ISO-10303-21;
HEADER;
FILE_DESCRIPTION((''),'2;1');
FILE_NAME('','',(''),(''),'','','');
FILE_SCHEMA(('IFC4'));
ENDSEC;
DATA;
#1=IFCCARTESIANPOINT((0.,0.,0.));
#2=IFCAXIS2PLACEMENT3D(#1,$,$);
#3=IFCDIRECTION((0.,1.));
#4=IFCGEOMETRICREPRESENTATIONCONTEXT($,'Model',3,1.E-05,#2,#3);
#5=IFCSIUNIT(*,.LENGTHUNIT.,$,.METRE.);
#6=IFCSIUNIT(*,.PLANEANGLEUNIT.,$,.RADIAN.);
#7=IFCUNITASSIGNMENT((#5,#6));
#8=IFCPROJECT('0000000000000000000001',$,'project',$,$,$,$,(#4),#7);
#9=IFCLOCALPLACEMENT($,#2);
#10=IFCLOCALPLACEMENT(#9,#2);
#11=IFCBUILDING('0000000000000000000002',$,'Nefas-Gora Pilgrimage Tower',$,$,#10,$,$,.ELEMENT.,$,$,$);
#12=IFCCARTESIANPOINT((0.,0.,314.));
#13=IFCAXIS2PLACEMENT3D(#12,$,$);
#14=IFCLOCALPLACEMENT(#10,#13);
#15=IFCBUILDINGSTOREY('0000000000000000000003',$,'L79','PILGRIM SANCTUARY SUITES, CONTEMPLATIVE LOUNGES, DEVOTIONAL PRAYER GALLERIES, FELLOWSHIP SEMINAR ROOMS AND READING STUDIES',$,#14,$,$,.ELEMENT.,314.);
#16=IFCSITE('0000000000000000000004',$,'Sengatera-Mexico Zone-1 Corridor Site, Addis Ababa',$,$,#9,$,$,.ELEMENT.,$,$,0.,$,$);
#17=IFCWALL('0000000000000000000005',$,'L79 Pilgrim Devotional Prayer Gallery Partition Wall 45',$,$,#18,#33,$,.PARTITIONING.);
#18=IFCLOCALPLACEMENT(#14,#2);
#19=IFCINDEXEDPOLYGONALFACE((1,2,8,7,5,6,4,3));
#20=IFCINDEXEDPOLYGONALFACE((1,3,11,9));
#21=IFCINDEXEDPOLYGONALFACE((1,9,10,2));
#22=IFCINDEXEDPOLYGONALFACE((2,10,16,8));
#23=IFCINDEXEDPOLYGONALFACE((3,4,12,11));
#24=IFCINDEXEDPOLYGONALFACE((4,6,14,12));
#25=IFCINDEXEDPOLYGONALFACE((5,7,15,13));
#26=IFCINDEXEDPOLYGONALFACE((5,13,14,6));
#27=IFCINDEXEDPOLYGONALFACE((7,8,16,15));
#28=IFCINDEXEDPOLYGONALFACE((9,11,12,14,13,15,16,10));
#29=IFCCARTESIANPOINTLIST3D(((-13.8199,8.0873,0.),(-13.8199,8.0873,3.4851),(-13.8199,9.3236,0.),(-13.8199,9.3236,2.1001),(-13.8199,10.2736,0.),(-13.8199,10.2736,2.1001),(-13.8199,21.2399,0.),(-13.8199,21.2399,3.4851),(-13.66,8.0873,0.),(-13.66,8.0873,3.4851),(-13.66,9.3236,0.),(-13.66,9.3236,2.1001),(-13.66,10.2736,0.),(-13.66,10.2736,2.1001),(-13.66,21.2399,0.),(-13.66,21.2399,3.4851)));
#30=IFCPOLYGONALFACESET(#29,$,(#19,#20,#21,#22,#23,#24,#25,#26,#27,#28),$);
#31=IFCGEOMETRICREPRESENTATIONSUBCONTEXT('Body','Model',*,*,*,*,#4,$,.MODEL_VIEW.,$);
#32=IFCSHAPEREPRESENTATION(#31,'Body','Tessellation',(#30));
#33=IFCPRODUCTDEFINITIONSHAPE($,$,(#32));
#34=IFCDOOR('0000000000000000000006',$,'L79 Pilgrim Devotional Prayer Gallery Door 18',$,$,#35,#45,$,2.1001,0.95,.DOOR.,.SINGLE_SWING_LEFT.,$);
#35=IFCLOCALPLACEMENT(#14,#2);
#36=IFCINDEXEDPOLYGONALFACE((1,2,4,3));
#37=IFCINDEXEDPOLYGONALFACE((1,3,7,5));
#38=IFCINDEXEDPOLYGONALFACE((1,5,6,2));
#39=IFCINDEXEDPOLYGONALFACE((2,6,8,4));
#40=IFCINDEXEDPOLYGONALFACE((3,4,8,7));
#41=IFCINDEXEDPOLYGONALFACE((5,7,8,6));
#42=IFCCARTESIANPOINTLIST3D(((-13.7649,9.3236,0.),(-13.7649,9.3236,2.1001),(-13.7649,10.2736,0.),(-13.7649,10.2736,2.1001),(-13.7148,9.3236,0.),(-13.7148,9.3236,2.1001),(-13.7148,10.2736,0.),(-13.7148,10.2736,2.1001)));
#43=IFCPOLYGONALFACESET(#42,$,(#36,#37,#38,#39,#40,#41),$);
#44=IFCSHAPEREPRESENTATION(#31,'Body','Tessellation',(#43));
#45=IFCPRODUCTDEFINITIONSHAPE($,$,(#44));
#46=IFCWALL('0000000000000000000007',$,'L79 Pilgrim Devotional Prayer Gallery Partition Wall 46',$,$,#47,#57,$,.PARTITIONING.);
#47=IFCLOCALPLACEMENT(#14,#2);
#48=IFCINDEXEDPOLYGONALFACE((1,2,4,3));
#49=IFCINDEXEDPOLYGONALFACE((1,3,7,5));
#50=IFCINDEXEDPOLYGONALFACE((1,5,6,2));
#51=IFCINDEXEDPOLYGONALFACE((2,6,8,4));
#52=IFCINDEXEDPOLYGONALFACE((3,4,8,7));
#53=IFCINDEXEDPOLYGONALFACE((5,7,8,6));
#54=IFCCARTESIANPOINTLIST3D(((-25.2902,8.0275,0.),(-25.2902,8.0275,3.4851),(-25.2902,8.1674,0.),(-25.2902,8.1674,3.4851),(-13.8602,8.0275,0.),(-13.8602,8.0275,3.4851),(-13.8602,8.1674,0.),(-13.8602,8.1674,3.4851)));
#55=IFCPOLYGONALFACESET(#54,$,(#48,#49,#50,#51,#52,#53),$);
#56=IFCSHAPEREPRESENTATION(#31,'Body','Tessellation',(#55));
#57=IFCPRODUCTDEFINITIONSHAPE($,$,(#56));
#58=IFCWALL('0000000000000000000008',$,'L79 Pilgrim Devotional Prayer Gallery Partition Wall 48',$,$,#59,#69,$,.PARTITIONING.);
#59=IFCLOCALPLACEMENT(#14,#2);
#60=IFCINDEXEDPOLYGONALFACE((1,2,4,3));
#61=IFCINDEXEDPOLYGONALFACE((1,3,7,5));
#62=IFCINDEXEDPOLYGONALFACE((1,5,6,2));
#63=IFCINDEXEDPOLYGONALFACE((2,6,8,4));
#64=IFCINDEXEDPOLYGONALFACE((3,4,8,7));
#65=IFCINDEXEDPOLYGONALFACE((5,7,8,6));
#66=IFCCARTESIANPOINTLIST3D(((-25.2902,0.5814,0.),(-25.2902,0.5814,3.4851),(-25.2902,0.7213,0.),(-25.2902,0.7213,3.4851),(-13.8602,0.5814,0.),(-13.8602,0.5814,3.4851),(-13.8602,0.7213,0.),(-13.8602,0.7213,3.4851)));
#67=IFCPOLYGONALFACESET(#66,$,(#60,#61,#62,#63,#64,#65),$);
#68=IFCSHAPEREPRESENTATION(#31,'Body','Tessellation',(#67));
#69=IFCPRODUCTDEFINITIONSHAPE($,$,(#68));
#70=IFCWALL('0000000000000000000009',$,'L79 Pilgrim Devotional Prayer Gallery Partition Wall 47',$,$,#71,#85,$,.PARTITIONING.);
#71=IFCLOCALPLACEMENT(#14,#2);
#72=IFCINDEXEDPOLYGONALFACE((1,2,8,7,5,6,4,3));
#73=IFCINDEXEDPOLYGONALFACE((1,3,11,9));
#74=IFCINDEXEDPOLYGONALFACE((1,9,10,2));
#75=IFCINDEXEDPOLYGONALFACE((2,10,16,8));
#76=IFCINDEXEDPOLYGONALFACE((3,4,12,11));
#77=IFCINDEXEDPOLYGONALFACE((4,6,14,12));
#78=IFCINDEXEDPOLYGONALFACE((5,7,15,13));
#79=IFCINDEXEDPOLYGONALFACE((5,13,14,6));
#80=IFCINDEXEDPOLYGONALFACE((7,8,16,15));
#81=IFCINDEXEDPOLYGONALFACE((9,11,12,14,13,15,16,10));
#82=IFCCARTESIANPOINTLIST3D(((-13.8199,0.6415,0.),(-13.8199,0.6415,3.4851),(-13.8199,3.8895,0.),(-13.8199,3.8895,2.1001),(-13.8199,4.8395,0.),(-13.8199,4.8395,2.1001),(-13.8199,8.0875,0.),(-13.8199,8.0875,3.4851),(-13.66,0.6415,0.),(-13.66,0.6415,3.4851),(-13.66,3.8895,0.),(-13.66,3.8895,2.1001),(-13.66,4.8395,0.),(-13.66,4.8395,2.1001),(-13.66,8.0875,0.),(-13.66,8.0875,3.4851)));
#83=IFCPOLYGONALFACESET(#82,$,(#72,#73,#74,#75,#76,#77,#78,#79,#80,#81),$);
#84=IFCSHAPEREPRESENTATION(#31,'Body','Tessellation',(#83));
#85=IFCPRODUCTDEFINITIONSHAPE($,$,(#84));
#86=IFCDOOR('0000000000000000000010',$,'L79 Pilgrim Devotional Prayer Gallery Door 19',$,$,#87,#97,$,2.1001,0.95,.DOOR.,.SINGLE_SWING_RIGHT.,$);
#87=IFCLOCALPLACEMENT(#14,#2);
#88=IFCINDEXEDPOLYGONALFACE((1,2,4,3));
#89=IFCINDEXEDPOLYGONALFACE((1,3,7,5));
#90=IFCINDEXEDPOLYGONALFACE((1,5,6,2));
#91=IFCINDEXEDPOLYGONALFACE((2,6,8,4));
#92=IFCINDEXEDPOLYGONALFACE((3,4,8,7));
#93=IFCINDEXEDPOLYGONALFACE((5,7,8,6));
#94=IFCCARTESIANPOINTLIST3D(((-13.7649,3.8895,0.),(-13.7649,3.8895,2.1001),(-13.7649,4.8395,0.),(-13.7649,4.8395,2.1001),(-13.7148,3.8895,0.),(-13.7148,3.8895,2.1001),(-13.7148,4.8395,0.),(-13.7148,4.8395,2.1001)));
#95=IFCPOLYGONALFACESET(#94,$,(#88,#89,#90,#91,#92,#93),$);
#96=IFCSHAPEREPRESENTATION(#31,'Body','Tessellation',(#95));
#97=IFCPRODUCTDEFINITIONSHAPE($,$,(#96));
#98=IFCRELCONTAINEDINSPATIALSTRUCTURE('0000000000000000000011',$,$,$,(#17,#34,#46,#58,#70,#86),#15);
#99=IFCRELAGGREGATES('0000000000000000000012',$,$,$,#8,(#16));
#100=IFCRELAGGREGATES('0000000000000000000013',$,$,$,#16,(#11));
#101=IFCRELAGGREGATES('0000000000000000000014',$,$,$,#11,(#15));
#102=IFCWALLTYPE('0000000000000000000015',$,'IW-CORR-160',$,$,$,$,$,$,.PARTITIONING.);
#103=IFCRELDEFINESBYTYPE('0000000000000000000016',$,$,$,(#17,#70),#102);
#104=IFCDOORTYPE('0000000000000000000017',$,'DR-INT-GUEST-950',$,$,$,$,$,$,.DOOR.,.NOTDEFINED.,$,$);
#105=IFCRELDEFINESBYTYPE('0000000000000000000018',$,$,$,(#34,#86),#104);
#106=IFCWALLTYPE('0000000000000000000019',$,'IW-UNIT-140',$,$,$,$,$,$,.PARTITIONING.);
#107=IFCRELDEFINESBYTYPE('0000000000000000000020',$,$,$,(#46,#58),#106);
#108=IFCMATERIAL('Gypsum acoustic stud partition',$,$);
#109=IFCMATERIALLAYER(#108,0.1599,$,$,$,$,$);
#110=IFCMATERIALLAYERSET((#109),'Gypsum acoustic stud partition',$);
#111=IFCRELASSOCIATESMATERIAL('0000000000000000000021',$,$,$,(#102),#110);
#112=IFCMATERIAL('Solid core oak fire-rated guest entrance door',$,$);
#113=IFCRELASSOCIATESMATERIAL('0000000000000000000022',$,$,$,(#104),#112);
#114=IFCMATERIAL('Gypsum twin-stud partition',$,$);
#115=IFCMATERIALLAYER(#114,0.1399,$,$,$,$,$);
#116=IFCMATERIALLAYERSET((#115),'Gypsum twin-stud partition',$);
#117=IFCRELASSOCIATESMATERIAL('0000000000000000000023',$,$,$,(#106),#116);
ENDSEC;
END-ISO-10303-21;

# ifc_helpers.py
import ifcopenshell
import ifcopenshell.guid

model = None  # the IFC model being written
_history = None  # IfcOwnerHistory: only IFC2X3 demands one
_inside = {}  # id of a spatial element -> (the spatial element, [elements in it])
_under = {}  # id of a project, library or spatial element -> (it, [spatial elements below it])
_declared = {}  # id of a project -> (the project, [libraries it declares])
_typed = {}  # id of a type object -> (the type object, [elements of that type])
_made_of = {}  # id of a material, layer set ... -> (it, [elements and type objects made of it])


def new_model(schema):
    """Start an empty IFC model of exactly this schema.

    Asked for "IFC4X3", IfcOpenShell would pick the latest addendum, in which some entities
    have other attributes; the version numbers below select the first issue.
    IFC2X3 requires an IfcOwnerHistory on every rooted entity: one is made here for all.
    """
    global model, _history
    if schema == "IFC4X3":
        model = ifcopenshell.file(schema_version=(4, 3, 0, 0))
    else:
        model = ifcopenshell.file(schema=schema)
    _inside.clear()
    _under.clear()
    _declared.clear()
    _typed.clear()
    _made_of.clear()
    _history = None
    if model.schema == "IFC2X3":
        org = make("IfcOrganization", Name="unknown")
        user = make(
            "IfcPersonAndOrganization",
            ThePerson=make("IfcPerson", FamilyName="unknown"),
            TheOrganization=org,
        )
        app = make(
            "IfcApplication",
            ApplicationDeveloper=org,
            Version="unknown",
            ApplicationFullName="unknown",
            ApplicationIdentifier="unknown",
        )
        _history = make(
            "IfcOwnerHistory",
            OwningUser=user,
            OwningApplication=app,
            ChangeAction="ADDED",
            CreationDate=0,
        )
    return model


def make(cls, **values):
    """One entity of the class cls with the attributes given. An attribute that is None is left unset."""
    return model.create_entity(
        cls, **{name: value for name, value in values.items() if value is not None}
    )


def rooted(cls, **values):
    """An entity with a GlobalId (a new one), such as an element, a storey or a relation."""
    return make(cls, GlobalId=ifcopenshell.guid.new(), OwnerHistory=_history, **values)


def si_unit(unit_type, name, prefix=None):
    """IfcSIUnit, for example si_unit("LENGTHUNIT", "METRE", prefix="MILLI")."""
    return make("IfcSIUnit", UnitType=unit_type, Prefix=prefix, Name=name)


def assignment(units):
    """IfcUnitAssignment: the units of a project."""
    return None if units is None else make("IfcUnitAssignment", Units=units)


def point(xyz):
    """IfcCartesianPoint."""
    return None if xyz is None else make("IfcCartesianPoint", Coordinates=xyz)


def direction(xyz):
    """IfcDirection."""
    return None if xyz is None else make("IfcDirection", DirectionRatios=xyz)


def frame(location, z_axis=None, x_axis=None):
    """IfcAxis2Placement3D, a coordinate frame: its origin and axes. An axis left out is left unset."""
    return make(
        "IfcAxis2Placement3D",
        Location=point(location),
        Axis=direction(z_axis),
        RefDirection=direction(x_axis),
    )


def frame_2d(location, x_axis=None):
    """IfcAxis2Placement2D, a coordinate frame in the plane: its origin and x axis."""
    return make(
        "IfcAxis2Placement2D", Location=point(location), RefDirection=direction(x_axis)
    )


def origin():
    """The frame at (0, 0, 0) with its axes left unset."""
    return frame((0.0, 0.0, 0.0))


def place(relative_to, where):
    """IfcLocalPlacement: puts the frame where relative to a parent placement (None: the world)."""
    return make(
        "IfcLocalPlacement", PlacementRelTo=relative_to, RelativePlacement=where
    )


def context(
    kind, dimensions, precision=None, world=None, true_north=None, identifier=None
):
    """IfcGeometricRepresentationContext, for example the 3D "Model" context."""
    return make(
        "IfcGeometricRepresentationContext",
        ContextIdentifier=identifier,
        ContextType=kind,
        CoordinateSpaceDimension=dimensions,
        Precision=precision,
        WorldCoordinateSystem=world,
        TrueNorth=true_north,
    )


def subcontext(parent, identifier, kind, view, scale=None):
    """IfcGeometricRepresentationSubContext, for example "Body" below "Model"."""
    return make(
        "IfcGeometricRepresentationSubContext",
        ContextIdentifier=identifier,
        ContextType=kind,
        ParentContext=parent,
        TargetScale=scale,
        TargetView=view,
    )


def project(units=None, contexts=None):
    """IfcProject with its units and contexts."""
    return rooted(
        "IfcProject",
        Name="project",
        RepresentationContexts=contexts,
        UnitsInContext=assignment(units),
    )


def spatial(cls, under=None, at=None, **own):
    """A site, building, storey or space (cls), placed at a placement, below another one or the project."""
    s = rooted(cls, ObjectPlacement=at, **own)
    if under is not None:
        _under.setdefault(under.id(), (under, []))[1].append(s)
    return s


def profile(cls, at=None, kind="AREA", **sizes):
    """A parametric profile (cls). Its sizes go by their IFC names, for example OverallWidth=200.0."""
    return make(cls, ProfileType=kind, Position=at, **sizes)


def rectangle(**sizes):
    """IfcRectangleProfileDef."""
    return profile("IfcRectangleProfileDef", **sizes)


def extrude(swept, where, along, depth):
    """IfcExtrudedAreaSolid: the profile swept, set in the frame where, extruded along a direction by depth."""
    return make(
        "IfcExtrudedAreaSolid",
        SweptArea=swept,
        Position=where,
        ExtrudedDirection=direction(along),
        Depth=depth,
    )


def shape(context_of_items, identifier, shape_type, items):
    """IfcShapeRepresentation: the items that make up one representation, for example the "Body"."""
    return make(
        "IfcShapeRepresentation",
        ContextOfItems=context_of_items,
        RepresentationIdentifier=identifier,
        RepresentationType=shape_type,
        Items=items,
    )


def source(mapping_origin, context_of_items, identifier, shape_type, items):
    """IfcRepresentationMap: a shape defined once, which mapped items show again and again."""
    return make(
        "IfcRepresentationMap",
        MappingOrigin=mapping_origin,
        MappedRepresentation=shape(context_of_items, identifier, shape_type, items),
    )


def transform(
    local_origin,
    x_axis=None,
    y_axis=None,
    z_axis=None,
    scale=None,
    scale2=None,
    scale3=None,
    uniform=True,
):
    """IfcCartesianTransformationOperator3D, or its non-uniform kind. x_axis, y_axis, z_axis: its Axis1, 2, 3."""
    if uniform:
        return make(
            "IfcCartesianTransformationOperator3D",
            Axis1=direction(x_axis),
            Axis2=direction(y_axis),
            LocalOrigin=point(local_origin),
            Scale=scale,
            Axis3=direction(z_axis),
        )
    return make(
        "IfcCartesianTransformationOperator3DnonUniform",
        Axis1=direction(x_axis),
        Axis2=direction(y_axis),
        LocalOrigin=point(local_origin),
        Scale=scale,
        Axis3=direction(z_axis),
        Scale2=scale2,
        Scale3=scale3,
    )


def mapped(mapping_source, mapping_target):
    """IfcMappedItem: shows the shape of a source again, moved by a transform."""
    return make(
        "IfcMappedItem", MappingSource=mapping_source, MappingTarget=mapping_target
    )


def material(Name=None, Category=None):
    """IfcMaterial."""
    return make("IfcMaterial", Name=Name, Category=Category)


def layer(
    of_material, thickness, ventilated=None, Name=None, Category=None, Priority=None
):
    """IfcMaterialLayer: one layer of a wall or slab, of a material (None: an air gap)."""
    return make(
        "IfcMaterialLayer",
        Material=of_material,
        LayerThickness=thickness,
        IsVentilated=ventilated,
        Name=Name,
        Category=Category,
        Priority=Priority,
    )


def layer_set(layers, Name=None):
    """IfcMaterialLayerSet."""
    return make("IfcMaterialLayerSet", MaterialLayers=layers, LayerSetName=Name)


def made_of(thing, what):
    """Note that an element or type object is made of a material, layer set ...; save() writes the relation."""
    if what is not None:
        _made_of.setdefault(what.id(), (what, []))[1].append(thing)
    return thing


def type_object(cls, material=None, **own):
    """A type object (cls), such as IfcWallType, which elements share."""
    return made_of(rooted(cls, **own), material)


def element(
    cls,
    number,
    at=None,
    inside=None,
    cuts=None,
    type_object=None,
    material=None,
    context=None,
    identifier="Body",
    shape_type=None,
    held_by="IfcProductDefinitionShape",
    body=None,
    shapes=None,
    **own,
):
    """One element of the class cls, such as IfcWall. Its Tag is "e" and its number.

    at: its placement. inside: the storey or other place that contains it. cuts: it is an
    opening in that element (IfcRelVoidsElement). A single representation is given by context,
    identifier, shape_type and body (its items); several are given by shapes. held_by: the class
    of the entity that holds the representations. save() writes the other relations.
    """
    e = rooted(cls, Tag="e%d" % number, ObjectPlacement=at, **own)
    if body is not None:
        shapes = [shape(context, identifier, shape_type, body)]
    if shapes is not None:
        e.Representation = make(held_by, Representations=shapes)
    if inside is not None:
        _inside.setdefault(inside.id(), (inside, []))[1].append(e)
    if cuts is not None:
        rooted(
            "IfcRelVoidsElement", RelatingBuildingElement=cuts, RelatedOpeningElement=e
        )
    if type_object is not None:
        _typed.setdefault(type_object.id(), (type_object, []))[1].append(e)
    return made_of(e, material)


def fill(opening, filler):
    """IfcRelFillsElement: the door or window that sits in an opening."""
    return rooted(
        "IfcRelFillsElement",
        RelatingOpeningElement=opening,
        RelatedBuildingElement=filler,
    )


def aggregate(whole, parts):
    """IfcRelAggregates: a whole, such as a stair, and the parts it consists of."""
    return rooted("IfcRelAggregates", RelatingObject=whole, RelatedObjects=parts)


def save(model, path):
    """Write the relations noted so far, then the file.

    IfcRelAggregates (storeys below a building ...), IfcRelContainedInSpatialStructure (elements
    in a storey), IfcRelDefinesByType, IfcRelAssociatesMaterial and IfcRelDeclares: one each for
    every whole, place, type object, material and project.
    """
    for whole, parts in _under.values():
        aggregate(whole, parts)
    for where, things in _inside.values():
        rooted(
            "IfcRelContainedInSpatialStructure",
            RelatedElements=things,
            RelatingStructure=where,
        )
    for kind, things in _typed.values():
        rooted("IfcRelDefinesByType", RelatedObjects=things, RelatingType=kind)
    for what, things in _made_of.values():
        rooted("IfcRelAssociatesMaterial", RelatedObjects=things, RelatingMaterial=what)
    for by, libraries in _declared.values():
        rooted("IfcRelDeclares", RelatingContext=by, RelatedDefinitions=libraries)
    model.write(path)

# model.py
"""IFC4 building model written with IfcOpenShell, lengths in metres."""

from ifc_helpers import new_model, si_unit, direction, frame, frame_2d, origin, place, context, subcontext, project, spatial, rectangle, extrude, source, transform, mapped, material, layer, layer_set, type_object, element, fill, save


model = new_model("IFC4")

# Units and contexts
model_context = context("Model", 3, precision=1e-05, world=origin(), true_north=direction((0.0, 1.0)))
body_context = subcontext(model_context, "Body", "Model", "MODEL_VIEW")
ifc_project = project(units=[si_unit("LENGTHUNIT", "METRE"), si_unit("PLANEANGLEUNIT", "RADIAN")], contexts=[model_context])

# Site, building, storey
site_placement = place(None, origin())
site = spatial("IfcSite", under=ifc_project, at=site_placement, Name="Sengatera-Mexico Zone-1 Corridor Site, Addis Ababa", CompositionType="ELEMENT", RefElevation=0.0)
building_placement = place(site_placement, origin())
building = spatial("IfcBuilding", under=site, at=building_placement, Name="Nefas-Gora Pilgrimage Tower", CompositionType="ELEMENT")
storey_placement = place(building_placement, frame((0.0, 0.0, 314.0)))
storey = spatial("IfcBuildingStorey", under=building, at=storey_placement, Name="L79", Description="PILGRIM SANCTUARY SUITES, CONTEMPLATIVE LOUNGES, DEVOTIONAL PRAYER GALLERIES, FELLOWSHIP SEMINAR ROOMS AND READING STUDIES", CompositionType="ELEMENT", Elevation=314.0)

# Wall, opening, door
ifc_material_1 = material(Name="Gypsum acoustic stud partition")
ifc_layer_1 = layer(ifc_material_1, 0.1599)
ifc_layer_set_1 = layer_set([ifc_layer_1], Name="Gypsum acoustic stud partition")
wall_type_1 = type_object("IfcWallType", Name="IW-CORR-160", PredefinedType="PARTITIONING", material=ifc_layer_set_1)
shared_shape_1 = source(origin(), body_context, "Body", "SweptSolid", [
    extrude(rectangle(XDim=13.1526, YDim=0.1599, at=frame_2d((6.5762, 0.0))), origin(), (0.0, 0.0, 1.0), 3.4851),
])
wall_1_placement = place(storey_placement, frame((-13.74, 8.0874, 0.0), z_axis=(0.0, 0.0, 1.0), x_axis=(0.0, 1.0, 0.0)))
wall_1 = element("IfcWall", 1, at=wall_1_placement, inside=storey, type_object=wall_type_1, Name="L79 Pilgrim Devotional Prayer Gallery Partition Wall 45", PredefinedType="PARTITIONING", context=body_context, shape_type="MappedRepresentation", body=[
    mapped(shared_shape_1, transform((0.0, 0.0, 0.0), x_axis=(1.0, 0.0, 0.0), y_axis=(0.0, 1.0, 0.0), z_axis=(0.0, 0.0, 1.0), scale=1.0)),
])
opening_1_placement = place(wall_1_placement, frame((1.2361, 0.0, 0.0)))
opening_1 = element("IfcOpeningElement", 2, at=opening_1_placement, cuts=wall_1, PredefinedType="OPENING", context=body_context, shape_type="SweptSolid", body=[
    extrude(rectangle(XDim=0.95, YDim=2.1001, at=frame_2d((0.4751, 1.05))), frame((0.0, 0.0898, 0.0), z_axis=(0.0, -1.0, 0.0), x_axis=(1.0, 0.0, 0.0)), (0.0, 0.0, 1.0), 0.1799),
])
ifc_material_2 = material(Name="Solid core oak fire-rated guest entrance door")
door_type = type_object("IfcDoorType", Name="DR-INT-GUEST-950", OperationType="NOTDEFINED", PredefinedType="DOOR", material=ifc_material_2)
shared_shape_2 = source(origin(), body_context, "Body", "SweptSolid", [
    extrude(rectangle(XDim=0.95, YDim=2.1001, at=frame_2d((0.4751, 1.05))), frame((0.0, 0.0249, 0.0), z_axis=(0.0, -1.0, 0.0), x_axis=(1.0, 0.0, 0.0)), (0.0, 0.0, 1.0), 0.05),
])
door_1_placement = place(opening_1_placement, origin())
door_1 = element("IfcDoor", 3, at=door_1_placement, inside=storey, type_object=door_type, Name="L79 Pilgrim Devotional Prayer Gallery Door 18", OperationType="SINGLE_SWING_LEFT", OverallHeight=2.1001, OverallWidth=0.95, PredefinedType="DOOR", context=body_context, shape_type="MappedRepresentation", body=[
    mapped(shared_shape_2, transform((0.0, 0.0, 0.0), x_axis=(1.0, 0.0, 0.0), y_axis=(0.0, 1.0, 0.0), z_axis=(0.0, 0.0, 1.0), scale=1.0)),
])
fill(opening_1, door_1)

# Walls
ifc_material_3 = material(Name="Gypsum twin-stud partition")
ifc_layer_2 = layer(ifc_material_3, 0.1399)
ifc_layer_set_2 = layer_set([ifc_layer_2], Name="Gypsum twin-stud partition")
wall_type_2 = type_object("IfcWallType", Name="IW-UNIT-140", PredefinedType="PARTITIONING", material=ifc_layer_set_2)
shared_shape_3 = source(origin(), body_context, "Body", "SweptSolid", [
    extrude(rectangle(XDim=11.4299, YDim=0.1399, at=frame_2d((5.7148, 0.0))), origin(), (0.0, 0.0, 1.0), 3.4851),
])
for number, where, z_axis, x_axis, name in (
    (4, (-25.29, 8.0974, 0.0), (0.0, 0.0, 1.0), (1.0, 0.0, 0.0), "L79 Pilgrim Devotional Prayer Gallery Partition Wall 46"),
    (5, (-25.29, 0.6514, 0.0), (0.0, 0.0, 1.0), (1.0, 0.0, 0.0), "L79 Pilgrim Devotional Prayer Gallery Partition Wall 48"),
):
    element("IfcWall", number, at=place(storey_placement, frame(where, z_axis=z_axis, x_axis=x_axis)), inside=storey, type_object=wall_type_2, Name=name, PredefinedType="PARTITIONING", context=body_context, shape_type="MappedRepresentation", body=[
        mapped(shared_shape_3, transform((0.0, 0.0, 0.0), x_axis=(1.0, 0.0, 0.0), y_axis=(0.0, 1.0, 0.0), z_axis=(0.0, 0.0, 1.0), scale=1.0)),
    ])

# Wall, opening, door
shared_shape_4 = source(origin(), body_context, "Body", "SweptSolid", [
    extrude(rectangle(XDim=7.446, YDim=0.1599, at=frame_2d((3.7231, 0.0))), origin(), (0.0, 0.0, 1.0), 3.4851),
])
wall_2_placement = place(storey_placement, frame((-13.74, 0.6414, 0.0), z_axis=(0.0, 0.0, 1.0), x_axis=(0.0, 1.0, 0.0)))
wall_2 = element("IfcWall", 6, at=wall_2_placement, inside=storey, type_object=wall_type_1, Name="L79 Pilgrim Devotional Prayer Gallery Partition Wall 47", PredefinedType="PARTITIONING", context=body_context, shape_type="MappedRepresentation", body=[
    mapped(shared_shape_4, transform((0.0, 0.0, 0.0), x_axis=(1.0, 0.0, 0.0), y_axis=(0.0, 1.0, 0.0), z_axis=(0.0, 0.0, 1.0), scale=1.0)),
])
opening_2_placement = place(wall_2_placement, frame((3.248, 0.0, 0.0)))
opening_2 = element("IfcOpeningElement", 7, at=opening_2_placement, cuts=wall_2, PredefinedType="OPENING", context=body_context, shape_type="SweptSolid", body=[
    extrude(rectangle(XDim=0.95, YDim=2.1001, at=frame_2d((0.4751, 1.05))), frame((0.0, 0.0898, 0.0), z_axis=(0.0, -1.0, 0.0), x_axis=(1.0, 0.0, 0.0)), (0.0, 0.0, 1.0), 0.1799),
])
door_2_placement = place(opening_2_placement, origin())
door_2 = element("IfcDoor", 8, at=door_2_placement, inside=storey, type_object=door_type, Name="L79 Pilgrim Devotional Prayer Gallery Door 19", OperationType="SINGLE_SWING_RIGHT", OverallHeight=2.1001, OverallWidth=0.95, PredefinedType="DOOR", context=body_context, shape_type="MappedRepresentation", body=[
    mapped(shared_shape_2, transform((0.0, 0.0, 0.0), x_axis=(1.0, 0.0, 0.0), y_axis=(0.0, 1.0, 0.0), z_axis=(0.0, 0.0, 1.0), scale=1.0)),
])
fill(opening_2, door_2)

save(model, "model.ifc")
